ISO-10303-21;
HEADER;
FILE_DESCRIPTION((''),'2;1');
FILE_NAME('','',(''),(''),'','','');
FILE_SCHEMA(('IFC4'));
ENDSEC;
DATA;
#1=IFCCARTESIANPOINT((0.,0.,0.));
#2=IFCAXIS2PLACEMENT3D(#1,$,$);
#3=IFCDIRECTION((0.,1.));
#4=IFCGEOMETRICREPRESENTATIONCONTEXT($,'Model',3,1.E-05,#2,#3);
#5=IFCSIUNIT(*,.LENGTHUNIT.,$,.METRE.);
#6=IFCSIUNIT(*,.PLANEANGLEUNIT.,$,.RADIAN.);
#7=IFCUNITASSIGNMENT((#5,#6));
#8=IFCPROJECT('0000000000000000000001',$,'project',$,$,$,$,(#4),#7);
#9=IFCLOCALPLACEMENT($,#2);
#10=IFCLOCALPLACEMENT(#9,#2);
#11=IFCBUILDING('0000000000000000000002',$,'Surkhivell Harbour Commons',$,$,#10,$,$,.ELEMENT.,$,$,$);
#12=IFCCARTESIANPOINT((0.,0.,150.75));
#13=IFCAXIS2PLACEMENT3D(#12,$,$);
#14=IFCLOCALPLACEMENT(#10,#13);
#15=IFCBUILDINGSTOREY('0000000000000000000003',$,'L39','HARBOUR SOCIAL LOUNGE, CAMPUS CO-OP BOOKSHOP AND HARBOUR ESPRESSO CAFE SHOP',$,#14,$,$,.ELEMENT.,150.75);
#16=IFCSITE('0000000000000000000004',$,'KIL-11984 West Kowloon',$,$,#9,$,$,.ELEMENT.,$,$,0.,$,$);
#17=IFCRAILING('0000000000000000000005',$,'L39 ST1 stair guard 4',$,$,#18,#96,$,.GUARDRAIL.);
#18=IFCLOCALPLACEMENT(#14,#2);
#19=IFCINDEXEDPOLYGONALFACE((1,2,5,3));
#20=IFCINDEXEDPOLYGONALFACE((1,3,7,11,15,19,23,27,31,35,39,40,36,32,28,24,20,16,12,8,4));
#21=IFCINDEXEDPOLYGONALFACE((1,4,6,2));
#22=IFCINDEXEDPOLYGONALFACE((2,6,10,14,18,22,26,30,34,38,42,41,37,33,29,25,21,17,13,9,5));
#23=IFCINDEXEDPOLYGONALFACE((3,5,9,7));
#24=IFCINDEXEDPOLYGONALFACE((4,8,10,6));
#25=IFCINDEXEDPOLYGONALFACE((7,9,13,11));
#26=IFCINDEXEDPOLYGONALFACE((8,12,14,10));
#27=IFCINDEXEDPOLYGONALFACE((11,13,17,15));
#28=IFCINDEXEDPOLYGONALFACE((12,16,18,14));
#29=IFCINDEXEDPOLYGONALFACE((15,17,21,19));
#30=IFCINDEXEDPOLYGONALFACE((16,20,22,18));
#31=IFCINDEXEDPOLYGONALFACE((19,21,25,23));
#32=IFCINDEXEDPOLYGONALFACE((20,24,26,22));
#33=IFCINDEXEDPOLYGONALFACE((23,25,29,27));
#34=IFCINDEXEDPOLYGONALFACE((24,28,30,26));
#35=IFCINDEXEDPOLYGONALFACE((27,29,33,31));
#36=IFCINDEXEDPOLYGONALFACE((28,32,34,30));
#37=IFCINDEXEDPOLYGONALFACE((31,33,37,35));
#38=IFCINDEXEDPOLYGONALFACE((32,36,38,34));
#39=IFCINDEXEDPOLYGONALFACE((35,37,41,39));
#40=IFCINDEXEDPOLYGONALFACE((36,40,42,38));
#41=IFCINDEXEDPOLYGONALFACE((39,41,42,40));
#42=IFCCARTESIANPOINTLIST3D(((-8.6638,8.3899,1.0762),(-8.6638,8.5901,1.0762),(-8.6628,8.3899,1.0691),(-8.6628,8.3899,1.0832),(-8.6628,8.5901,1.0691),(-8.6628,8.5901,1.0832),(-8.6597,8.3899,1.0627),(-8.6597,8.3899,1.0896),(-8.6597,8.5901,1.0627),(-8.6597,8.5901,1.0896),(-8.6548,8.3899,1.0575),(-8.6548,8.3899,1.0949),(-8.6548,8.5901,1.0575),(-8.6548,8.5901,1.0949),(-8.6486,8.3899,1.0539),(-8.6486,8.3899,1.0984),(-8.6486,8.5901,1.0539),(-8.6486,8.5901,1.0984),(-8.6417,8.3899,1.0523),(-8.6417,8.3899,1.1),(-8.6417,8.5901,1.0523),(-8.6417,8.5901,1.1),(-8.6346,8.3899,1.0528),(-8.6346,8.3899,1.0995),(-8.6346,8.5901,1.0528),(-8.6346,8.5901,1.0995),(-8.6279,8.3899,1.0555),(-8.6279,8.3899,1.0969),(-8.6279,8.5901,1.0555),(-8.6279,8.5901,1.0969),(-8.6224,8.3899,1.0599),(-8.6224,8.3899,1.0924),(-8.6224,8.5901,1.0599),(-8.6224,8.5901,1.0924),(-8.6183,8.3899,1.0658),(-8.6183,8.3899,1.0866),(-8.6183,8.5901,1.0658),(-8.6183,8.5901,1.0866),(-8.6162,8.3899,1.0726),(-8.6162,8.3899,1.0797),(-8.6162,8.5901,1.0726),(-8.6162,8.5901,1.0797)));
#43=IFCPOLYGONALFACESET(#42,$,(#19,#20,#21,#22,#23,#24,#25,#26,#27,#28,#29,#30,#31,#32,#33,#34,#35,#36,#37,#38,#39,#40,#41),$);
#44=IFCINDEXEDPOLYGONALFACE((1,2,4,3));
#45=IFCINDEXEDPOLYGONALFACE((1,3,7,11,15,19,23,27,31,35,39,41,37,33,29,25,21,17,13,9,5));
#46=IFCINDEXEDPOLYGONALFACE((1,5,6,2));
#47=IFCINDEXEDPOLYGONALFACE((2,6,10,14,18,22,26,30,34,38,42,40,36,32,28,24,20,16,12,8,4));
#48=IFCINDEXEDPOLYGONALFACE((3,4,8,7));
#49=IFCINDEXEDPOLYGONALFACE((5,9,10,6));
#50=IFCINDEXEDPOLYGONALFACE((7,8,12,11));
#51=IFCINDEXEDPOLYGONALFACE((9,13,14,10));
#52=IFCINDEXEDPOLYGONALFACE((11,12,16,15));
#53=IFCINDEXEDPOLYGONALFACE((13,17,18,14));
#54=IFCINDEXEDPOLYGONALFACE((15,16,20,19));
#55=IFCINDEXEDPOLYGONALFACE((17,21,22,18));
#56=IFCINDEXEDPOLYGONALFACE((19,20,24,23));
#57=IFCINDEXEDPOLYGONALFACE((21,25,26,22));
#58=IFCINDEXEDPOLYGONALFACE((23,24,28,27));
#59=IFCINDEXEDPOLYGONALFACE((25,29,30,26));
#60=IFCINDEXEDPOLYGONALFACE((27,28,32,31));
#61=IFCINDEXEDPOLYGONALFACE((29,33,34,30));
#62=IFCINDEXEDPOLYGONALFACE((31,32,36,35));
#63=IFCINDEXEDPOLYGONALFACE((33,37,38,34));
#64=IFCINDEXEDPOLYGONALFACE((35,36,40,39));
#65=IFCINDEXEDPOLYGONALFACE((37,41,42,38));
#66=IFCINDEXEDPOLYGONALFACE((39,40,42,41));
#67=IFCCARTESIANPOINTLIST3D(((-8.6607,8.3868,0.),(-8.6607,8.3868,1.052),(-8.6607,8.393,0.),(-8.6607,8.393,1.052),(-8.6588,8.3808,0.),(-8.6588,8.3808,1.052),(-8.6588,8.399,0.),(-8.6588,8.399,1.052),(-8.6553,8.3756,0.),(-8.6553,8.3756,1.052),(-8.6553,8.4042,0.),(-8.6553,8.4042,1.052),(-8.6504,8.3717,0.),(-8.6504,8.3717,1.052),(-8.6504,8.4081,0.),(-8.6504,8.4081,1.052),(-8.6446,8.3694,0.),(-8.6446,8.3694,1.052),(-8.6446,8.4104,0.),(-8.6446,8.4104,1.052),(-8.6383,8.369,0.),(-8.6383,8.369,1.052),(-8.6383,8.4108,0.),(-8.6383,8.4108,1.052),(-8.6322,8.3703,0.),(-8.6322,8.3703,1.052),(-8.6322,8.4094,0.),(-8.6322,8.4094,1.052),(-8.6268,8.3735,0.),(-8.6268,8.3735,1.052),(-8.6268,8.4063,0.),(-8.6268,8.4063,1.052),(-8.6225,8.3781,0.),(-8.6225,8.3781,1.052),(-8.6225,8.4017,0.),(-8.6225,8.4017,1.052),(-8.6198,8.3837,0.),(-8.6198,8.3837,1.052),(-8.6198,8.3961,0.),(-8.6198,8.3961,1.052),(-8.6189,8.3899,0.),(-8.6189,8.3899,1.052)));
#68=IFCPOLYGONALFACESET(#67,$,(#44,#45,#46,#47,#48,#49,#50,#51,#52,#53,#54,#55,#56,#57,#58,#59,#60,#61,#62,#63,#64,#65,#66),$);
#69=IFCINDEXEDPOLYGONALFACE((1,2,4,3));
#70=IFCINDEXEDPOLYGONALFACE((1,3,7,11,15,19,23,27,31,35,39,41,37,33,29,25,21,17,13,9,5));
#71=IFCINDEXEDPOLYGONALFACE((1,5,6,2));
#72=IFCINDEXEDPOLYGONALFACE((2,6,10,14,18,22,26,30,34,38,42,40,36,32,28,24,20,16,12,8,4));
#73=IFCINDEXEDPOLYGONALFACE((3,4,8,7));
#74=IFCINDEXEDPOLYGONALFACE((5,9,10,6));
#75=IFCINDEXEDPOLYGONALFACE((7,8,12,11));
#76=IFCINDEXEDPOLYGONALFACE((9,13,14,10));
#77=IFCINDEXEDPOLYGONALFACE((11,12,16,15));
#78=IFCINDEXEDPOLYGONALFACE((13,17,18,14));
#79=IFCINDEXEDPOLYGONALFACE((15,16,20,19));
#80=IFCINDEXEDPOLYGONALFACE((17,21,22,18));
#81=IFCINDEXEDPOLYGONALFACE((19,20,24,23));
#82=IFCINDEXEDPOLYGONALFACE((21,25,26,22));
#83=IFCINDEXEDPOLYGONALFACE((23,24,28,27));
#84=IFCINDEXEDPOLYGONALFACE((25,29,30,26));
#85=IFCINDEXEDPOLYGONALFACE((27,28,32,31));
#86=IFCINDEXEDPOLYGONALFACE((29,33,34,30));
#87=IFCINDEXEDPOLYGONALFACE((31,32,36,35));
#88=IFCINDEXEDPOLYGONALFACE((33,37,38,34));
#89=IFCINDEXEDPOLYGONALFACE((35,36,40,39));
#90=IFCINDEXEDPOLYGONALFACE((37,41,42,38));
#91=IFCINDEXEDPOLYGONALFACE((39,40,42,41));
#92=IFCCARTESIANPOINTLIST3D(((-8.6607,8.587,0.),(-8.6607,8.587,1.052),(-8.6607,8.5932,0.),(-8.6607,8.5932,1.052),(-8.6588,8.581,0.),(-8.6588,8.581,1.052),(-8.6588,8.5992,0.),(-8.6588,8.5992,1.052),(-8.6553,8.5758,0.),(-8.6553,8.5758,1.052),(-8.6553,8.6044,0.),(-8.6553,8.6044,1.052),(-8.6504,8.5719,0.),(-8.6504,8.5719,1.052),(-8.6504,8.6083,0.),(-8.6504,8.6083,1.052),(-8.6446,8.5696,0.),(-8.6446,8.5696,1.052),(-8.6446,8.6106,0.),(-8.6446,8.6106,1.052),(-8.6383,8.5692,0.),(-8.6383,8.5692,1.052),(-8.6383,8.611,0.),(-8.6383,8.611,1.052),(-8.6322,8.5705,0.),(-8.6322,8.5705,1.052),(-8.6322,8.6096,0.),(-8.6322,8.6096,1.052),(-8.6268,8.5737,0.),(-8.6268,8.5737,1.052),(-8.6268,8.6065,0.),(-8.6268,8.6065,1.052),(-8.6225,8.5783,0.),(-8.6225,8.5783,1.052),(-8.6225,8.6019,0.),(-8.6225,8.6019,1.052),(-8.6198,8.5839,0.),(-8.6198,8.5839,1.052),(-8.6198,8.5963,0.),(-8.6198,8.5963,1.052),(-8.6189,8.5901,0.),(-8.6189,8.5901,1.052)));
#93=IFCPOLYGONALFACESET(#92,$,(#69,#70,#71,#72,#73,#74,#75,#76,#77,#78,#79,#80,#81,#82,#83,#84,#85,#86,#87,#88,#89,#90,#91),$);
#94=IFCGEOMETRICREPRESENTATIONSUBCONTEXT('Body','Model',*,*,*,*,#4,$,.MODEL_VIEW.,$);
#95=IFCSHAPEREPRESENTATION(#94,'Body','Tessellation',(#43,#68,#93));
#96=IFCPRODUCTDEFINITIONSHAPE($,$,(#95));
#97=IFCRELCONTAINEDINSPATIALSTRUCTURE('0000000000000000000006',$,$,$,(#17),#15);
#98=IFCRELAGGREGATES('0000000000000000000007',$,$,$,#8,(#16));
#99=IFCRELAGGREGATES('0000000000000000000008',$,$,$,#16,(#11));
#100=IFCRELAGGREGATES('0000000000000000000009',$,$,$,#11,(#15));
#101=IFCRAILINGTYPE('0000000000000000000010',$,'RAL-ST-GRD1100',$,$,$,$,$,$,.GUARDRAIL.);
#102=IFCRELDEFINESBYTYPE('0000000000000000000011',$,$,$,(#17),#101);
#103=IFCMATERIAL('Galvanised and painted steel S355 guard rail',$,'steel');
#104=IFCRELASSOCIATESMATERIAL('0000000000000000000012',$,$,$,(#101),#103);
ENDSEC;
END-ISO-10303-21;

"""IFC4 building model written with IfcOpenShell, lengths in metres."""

from ifc_helpers import new_model, si_unit, direction, frame, origin, origin_2d, place, context, subcontext, project, spatial, circle, extrude, material, type_object, element, save


model = new_model("IFC4")

# Units and contexts
model_context = context("Model", 3, precision=1e-05, world=origin(), true_north=direction((0.0, 1.0)))
body_context = subcontext(model_context, "Body", "Model", "MODEL_VIEW")
ifc_project = project(units=[si_unit("LENGTHUNIT", "METRE"), si_unit("PLANEANGLEUNIT", "RADIAN")], contexts=[model_context])

# Site, building, storey
site_placement = place(None, origin())
site = spatial("IfcSite", under=ifc_project, at=site_placement, Name="KIL-11984 West Kowloon", CompositionType="ELEMENT", RefElevation=0.0)
building_placement = place(site_placement, origin())
building = spatial("IfcBuilding", under=site, at=building_placement, Name="Surkhivell Harbour Commons", CompositionType="ELEMENT")
storey_placement = place(building_placement, frame((0.0, 0.0, 150.75)))
storey = spatial("IfcBuildingStorey", under=building, at=storey_placement, Name="L39", Description="HARBOUR SOCIAL LOUNGE, CAMPUS CO-OP BOOKSHOP AND HARBOUR ESPRESSO CAFE SHOP", CompositionType="ELEMENT", Elevation=150.75)

# Railing
ifc_material_1 = material(Name="Galvanised and painted steel S355 guard rail", Category="steel")
railing_type_1 = type_object("IfcRailingType", Name="RAL-ST-GRD1100", PredefinedType="GUARDRAIL", material=ifc_material_1)
railing_1_placement = place(storey_placement, frame((-8.6399, 8.3899, 0.0)))
element("IfcRailing", 1, at=railing_1_placement, inside=storey, type_object=railing_type_1, Name="L39 ST1 stair guard 4", PredefinedType="GUARDRAIL", context=body_context, shape_type="SweptSolid", body=[
    extrude(circle(Radius=0.0239, at=origin_2d()), frame((0.0, 0.0, 1.0762), z_axis=(0.0, 1.0, 0.0), x_axis=(-1.0, 0.0, 0.0)), (0.0, 0.0, 1.0), 0.2002),
    extrude(circle(Radius=0.021, at=origin_2d()), origin(), (0.0, 0.0, 1.0), 1.052),
    extrude(circle(Radius=0.021, at=origin_2d()), frame((0.0, 0.2002, 0.0)), (0.0, 0.0, 1.0), 1.052),
])

save(model, "model.ifc")
